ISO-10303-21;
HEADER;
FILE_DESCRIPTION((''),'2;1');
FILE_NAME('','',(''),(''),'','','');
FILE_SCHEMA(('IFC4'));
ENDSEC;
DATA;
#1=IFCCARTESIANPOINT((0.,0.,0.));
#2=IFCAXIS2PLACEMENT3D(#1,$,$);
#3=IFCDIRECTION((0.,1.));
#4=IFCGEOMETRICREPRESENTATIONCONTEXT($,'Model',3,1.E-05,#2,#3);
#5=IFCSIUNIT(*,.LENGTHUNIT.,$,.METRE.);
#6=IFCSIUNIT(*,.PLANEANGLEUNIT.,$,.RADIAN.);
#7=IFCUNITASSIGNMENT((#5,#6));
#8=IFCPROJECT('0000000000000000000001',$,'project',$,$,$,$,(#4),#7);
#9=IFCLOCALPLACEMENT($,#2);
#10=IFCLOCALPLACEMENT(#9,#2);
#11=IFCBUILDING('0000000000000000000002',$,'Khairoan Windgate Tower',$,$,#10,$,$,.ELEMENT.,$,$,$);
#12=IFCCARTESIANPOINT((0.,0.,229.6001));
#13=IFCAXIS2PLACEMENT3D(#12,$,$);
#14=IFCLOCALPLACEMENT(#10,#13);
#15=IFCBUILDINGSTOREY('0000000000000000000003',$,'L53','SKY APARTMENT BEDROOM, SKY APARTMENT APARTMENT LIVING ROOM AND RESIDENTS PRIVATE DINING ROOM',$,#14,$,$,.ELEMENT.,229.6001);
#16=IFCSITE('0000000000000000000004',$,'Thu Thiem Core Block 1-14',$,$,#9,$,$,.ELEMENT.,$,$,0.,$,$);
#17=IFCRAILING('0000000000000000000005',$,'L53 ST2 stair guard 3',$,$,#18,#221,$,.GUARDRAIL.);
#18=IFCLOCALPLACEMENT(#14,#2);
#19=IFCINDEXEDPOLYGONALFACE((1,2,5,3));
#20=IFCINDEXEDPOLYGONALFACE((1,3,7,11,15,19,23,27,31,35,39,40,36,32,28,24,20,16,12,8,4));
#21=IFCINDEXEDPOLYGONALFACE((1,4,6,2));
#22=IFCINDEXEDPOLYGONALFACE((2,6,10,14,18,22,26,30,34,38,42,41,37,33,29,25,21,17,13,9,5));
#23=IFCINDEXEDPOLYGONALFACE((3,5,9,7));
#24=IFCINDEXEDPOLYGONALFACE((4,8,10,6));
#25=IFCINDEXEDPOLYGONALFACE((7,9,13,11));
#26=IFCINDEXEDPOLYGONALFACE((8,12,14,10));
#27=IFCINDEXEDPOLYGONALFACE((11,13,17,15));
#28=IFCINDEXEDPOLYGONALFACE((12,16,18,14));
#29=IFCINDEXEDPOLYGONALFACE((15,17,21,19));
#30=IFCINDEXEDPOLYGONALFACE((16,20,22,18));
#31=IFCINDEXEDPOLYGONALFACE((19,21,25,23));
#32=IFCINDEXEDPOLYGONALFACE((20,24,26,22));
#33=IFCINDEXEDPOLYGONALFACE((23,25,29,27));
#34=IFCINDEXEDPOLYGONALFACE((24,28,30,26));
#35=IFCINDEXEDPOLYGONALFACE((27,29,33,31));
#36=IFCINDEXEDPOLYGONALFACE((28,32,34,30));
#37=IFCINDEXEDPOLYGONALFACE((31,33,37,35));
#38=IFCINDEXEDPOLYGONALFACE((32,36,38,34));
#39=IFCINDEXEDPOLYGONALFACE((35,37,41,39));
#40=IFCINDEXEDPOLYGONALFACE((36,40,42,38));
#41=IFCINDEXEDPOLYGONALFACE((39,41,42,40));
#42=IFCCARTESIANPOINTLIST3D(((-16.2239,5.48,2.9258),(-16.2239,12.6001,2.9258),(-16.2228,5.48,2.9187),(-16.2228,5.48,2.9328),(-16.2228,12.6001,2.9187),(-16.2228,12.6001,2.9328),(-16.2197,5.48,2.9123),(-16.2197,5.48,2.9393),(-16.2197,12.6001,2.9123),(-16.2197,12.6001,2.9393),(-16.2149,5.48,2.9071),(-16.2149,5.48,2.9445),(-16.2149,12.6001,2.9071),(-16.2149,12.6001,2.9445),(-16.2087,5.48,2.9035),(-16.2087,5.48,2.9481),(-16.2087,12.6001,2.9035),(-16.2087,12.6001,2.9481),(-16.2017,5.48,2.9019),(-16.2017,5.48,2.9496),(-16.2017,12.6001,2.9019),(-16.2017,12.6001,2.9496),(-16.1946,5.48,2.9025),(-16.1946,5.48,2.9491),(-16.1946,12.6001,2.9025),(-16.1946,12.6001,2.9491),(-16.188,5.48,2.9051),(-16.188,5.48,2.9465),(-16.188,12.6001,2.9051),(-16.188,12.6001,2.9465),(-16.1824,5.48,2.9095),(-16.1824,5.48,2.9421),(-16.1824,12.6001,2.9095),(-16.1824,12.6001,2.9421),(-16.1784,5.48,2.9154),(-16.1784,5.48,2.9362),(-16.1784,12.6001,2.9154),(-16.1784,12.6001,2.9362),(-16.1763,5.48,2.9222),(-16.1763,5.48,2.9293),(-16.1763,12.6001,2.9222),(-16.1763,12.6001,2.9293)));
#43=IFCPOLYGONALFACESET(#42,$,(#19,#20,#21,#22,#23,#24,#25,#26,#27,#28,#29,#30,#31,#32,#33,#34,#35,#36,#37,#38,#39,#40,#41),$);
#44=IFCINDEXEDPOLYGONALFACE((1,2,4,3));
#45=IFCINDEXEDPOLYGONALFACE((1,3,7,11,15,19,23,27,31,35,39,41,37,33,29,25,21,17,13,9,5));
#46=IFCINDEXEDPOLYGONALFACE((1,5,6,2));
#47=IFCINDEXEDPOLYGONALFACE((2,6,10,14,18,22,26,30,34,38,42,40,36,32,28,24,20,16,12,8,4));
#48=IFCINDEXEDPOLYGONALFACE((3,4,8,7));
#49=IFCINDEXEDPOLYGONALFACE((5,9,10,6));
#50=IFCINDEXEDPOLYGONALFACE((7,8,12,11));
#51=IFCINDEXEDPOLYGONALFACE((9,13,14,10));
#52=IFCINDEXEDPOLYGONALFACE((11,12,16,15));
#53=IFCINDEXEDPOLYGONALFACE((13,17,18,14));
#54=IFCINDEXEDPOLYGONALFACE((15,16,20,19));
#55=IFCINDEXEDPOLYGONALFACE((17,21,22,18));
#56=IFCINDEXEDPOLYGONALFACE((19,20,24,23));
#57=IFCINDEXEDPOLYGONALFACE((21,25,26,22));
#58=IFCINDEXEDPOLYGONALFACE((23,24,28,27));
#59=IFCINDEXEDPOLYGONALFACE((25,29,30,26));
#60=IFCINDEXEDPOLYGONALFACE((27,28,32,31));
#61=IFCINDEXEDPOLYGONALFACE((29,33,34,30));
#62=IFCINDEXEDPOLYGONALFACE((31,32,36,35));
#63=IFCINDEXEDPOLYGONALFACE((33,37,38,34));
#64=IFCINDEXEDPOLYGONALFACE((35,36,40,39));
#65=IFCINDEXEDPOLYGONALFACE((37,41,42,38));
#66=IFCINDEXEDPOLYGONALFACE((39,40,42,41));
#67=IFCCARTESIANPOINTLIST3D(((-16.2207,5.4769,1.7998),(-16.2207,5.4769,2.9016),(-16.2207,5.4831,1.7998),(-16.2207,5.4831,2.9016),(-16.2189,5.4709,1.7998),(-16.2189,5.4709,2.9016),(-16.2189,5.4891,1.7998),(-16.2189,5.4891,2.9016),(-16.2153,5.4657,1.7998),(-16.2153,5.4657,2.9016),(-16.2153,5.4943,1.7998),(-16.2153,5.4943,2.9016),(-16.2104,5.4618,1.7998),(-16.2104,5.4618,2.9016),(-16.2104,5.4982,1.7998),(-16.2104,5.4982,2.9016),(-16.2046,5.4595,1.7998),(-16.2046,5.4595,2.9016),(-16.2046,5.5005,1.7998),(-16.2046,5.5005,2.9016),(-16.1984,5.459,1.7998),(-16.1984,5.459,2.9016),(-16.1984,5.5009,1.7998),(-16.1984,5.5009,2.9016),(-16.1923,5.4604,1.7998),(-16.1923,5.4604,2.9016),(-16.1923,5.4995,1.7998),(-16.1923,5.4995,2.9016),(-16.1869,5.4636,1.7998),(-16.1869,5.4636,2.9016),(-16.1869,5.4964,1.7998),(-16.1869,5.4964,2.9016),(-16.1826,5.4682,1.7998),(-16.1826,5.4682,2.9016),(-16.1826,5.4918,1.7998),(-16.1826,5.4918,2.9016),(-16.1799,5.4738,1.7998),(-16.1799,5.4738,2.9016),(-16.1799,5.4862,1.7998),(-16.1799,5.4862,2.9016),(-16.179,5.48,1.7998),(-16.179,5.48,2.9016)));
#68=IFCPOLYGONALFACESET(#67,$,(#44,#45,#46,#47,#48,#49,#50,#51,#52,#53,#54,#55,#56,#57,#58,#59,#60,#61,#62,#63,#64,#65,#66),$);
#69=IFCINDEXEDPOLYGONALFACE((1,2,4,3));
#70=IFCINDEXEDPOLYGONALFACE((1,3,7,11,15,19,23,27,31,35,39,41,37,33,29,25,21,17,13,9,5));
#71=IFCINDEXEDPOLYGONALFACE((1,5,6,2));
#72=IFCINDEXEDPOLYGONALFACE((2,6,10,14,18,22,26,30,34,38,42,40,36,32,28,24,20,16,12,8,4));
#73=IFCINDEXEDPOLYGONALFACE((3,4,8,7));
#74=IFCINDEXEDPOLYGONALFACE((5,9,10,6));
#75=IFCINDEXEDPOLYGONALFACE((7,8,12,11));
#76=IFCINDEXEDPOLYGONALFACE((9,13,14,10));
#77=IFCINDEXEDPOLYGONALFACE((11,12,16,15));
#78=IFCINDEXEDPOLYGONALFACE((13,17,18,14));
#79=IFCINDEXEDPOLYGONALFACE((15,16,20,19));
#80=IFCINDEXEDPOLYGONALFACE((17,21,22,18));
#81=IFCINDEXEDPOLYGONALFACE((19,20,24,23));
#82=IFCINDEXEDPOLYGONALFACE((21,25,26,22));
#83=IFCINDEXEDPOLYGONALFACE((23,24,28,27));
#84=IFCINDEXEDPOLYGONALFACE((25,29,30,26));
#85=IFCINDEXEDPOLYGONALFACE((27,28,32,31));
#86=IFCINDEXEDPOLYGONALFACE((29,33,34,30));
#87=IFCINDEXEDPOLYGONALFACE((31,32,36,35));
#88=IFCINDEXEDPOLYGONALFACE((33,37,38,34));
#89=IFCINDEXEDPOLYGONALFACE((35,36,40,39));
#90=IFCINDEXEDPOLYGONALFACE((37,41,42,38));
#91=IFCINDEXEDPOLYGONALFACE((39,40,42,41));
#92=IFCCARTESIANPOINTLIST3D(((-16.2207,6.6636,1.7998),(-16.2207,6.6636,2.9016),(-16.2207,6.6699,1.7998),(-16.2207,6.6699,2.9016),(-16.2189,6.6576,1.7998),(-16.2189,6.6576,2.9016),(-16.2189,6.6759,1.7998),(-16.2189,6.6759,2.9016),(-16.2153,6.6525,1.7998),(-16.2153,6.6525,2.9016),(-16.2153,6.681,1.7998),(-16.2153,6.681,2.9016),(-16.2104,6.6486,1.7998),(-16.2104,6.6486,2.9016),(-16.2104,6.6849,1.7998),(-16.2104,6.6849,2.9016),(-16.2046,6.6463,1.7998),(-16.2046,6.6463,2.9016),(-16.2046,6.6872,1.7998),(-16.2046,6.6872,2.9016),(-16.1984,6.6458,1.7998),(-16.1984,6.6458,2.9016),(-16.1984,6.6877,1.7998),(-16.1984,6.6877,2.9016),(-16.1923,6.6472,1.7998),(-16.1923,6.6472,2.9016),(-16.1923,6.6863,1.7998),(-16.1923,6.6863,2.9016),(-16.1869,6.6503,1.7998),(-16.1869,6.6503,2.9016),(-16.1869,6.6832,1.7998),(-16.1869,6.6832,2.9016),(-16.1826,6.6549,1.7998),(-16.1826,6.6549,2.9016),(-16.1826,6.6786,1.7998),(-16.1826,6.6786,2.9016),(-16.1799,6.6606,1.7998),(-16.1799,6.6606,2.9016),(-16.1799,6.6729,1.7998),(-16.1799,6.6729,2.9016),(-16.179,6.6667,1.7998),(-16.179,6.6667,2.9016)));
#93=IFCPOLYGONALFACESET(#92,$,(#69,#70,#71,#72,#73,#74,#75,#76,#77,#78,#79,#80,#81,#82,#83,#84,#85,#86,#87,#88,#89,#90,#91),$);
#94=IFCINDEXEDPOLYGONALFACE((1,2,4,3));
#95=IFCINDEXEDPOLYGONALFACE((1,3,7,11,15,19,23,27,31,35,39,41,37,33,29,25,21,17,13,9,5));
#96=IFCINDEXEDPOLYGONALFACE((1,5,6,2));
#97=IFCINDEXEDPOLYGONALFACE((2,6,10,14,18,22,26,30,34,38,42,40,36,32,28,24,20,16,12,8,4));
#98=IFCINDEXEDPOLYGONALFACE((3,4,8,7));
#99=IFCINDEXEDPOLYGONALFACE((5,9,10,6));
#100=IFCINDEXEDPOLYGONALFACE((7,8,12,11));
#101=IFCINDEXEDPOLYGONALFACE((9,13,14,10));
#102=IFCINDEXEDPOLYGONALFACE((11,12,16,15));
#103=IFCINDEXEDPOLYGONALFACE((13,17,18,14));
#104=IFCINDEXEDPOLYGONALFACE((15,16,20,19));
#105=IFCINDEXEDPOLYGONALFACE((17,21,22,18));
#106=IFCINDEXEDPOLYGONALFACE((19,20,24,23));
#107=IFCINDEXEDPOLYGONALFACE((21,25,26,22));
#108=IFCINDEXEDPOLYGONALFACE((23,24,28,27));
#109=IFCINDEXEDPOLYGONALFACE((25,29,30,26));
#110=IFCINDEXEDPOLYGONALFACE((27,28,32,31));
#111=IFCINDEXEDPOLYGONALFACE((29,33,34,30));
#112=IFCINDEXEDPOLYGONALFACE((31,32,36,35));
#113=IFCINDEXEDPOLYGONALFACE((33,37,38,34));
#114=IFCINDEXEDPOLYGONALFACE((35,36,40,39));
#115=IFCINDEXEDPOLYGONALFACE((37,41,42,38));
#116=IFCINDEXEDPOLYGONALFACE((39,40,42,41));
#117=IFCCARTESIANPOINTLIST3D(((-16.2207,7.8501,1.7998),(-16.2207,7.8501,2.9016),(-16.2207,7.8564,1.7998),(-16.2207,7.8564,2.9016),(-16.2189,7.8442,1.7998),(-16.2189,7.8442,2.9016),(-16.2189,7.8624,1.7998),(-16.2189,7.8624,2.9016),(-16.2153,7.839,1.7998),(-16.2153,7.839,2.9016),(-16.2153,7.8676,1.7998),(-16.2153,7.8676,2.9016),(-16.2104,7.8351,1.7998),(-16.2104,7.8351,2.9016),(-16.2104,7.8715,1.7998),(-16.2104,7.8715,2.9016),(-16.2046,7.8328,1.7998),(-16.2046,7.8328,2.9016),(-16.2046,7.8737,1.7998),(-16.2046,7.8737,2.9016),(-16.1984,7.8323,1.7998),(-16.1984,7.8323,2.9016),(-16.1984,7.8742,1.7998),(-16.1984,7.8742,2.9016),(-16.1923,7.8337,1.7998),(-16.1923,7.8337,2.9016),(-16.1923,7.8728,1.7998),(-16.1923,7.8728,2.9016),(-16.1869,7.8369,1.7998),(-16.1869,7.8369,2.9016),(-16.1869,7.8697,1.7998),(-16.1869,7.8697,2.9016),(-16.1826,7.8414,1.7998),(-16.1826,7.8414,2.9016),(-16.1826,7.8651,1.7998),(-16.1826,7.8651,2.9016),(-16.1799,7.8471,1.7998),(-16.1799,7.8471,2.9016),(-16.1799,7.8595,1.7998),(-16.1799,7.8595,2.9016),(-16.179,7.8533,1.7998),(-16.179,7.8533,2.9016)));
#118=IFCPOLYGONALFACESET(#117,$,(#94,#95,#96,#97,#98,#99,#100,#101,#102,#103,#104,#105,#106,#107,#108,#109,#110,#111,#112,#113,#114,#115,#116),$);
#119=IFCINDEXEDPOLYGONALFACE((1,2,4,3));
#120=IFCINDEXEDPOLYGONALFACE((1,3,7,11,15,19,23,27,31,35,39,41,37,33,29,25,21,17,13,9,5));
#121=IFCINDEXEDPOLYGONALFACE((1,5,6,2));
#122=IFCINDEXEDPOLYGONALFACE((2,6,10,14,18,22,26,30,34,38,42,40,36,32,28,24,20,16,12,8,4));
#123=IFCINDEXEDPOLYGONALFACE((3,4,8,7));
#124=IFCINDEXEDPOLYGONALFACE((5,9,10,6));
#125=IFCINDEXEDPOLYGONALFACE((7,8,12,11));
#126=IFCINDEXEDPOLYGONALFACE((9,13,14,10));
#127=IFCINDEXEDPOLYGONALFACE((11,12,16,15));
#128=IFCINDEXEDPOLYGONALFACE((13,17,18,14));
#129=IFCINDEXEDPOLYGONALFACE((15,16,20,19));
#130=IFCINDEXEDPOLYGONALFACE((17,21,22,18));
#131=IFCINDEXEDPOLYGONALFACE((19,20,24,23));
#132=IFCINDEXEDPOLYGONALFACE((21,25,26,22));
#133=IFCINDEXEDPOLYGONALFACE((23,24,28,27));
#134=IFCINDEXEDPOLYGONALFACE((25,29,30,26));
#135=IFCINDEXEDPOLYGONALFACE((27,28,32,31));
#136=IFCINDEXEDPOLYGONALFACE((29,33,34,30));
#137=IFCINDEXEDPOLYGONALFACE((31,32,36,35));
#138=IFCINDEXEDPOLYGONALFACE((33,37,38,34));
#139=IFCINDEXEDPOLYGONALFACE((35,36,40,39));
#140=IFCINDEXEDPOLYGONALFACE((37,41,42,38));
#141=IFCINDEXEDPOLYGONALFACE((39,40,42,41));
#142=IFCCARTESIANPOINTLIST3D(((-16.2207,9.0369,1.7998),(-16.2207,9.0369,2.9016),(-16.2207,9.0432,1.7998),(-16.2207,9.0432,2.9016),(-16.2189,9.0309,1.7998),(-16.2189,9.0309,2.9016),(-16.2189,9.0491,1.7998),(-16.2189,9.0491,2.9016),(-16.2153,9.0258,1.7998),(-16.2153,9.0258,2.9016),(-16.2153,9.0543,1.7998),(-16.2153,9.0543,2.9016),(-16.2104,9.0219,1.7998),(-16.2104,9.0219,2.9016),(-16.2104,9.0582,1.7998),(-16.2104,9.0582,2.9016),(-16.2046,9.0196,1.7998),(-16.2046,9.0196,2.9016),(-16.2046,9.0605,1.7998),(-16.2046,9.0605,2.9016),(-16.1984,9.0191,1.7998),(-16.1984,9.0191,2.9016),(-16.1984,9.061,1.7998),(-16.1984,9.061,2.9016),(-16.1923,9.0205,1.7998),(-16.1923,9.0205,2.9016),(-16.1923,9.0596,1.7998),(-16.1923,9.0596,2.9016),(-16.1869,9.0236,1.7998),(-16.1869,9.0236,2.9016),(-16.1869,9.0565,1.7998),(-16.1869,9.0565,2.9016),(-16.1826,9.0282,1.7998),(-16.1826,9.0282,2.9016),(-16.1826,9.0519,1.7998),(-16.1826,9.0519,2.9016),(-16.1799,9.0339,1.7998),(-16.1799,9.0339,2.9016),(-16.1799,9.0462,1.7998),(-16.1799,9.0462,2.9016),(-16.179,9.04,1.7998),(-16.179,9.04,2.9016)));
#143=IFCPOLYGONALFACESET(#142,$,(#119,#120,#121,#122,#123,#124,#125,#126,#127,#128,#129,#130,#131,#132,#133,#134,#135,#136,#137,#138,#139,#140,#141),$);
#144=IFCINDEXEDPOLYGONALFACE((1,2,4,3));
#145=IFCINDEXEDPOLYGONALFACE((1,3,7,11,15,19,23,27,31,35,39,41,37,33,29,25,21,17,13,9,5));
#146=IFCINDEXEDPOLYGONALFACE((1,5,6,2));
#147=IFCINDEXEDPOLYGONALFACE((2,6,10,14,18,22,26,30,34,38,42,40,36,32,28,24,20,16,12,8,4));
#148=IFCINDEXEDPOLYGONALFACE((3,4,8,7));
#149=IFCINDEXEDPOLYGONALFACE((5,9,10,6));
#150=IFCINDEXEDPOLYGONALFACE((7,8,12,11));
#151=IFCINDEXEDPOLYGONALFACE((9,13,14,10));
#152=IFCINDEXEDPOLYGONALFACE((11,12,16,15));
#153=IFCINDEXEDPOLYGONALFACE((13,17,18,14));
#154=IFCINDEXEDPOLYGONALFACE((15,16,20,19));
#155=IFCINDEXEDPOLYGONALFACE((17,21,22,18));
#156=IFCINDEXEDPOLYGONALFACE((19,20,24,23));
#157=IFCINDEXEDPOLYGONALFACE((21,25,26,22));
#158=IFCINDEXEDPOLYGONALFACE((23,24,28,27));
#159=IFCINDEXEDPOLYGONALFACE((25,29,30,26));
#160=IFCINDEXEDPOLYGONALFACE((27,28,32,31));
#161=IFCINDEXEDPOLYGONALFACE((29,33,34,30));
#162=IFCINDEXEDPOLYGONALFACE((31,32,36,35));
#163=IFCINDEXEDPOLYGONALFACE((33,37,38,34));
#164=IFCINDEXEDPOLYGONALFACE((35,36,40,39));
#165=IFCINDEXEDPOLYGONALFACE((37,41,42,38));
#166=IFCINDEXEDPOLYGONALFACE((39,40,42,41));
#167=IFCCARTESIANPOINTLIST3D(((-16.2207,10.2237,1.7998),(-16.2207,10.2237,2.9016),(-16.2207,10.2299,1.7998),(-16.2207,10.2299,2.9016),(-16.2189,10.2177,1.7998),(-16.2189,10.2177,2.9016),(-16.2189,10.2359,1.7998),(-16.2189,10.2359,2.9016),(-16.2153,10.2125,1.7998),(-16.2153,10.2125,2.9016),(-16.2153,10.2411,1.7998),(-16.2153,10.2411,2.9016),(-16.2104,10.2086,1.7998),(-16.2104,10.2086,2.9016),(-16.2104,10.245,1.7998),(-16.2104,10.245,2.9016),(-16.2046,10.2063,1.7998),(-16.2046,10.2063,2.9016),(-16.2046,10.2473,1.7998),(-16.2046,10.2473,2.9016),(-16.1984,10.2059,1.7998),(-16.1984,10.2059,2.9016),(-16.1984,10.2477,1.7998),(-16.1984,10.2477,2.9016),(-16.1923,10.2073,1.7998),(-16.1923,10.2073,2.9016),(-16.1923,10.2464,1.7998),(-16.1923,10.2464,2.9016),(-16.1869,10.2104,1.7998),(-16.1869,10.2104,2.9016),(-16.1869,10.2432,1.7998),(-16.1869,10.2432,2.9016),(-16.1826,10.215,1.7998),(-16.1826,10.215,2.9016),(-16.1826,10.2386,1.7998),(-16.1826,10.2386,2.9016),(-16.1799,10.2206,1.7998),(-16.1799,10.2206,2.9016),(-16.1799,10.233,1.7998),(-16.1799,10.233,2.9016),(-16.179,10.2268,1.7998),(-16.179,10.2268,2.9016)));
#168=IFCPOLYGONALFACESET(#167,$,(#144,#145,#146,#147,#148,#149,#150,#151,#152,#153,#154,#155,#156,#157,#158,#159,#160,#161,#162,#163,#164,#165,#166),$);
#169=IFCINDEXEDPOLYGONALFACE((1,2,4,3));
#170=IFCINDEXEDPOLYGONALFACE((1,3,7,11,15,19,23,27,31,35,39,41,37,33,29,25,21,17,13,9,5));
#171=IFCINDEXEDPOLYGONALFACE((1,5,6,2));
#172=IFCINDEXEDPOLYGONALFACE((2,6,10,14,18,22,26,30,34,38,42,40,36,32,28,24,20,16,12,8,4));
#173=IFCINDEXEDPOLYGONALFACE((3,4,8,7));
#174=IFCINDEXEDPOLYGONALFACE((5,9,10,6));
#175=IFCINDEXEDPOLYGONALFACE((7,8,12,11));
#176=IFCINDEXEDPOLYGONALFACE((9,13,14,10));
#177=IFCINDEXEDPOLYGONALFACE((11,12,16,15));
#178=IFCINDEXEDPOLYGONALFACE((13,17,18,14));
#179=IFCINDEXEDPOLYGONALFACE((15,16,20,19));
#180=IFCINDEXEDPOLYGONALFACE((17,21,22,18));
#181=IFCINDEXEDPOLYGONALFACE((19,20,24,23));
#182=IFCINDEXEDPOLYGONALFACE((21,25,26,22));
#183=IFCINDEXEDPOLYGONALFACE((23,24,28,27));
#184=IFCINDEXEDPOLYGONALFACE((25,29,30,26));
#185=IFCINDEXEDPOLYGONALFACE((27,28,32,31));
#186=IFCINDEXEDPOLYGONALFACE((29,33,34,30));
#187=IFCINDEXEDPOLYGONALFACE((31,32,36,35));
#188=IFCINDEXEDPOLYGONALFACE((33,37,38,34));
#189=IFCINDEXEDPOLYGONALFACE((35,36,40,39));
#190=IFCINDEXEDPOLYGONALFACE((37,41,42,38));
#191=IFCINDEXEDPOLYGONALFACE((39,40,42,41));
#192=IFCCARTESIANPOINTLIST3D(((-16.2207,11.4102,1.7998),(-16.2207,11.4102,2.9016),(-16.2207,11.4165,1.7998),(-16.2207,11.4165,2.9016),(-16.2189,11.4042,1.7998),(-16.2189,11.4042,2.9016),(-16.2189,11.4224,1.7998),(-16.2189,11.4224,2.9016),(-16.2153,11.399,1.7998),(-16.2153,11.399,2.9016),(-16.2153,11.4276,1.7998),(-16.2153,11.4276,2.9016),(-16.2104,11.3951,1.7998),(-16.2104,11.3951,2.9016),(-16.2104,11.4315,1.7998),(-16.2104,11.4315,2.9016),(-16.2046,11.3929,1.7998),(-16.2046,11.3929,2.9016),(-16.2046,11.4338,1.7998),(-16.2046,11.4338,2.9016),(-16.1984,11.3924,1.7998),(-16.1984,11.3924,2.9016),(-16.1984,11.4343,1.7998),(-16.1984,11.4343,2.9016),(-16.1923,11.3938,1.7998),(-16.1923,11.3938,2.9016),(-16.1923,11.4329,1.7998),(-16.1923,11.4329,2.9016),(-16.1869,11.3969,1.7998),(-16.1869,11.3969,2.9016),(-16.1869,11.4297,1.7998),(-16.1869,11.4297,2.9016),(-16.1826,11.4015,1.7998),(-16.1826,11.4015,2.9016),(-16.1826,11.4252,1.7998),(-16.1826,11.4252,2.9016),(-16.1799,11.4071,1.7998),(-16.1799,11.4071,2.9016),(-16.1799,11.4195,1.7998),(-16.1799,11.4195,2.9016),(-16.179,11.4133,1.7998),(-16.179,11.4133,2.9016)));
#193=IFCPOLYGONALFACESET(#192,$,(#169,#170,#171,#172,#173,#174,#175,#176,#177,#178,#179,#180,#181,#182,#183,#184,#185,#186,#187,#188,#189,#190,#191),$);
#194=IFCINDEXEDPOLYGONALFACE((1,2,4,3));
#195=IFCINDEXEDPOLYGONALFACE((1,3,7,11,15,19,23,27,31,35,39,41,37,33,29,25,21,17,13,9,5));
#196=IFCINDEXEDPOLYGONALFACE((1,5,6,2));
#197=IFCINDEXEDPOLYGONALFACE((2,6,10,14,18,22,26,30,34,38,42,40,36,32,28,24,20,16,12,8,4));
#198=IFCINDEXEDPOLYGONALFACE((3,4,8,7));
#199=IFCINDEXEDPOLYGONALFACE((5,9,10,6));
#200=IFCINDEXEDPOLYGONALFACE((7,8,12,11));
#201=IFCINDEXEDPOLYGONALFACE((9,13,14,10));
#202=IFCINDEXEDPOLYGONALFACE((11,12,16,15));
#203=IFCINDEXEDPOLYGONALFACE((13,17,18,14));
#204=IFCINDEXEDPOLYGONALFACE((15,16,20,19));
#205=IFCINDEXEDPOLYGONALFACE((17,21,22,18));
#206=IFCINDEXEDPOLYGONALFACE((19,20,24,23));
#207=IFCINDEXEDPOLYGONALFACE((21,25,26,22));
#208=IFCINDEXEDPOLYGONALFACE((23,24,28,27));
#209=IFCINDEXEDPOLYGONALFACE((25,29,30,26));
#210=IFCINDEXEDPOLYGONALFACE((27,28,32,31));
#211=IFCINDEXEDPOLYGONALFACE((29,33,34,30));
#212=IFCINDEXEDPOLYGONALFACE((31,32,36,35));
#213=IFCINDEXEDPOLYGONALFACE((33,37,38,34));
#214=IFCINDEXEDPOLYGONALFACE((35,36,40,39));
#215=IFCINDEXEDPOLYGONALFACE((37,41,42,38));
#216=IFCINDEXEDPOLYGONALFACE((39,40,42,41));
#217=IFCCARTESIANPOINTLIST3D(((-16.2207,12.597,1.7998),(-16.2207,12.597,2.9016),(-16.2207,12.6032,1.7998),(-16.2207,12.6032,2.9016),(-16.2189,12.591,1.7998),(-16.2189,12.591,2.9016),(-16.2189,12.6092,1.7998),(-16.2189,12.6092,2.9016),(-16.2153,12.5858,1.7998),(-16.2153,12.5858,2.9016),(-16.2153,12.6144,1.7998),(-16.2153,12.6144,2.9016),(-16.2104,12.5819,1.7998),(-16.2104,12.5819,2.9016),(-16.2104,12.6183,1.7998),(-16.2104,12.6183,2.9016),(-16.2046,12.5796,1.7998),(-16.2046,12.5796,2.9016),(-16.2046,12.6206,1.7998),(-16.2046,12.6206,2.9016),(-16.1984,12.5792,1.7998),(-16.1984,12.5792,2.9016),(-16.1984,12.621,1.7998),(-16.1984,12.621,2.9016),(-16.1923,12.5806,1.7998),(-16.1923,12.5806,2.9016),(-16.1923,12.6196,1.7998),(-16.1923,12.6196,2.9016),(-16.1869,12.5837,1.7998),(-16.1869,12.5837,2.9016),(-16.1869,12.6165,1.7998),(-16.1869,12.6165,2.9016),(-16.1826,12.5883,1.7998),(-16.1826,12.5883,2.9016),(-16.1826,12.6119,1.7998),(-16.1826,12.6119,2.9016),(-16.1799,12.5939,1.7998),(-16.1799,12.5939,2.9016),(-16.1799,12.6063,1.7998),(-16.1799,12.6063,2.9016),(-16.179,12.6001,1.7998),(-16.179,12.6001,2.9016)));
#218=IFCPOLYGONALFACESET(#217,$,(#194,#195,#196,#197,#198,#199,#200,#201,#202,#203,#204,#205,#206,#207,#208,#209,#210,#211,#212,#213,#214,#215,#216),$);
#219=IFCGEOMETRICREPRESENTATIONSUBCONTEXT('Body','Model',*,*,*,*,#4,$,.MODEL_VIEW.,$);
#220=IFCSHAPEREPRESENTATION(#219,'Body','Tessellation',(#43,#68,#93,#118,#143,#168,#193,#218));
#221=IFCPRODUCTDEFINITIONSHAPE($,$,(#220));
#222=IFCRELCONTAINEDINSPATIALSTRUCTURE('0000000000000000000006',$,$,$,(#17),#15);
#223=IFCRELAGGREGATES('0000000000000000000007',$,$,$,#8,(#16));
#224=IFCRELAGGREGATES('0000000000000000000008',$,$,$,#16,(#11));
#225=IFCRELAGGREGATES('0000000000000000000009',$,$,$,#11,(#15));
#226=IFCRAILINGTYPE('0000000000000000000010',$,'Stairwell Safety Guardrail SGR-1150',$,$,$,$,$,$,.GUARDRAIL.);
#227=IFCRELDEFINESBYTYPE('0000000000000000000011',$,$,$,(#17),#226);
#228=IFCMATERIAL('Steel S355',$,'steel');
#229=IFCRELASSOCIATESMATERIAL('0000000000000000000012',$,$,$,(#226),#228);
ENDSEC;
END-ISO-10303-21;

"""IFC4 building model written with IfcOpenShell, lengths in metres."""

from ifc_helpers import new_model, si_unit, direction, frame, origin, origin_2d, place, context, subcontext, project, spatial, circle, extrude, material, type_object, element, save


model = new_model("IFC4")

# Units and contexts
model_context = context("Model", 3, precision=1e-05, world=origin(), true_north=direction((0.0, 1.0)))
body_context = subcontext(model_context, "Body", "Model", "MODEL_VIEW")
ifc_project = project(units=[si_unit("LENGTHUNIT", "METRE"), si_unit("PLANEANGLEUNIT", "RADIAN")], contexts=[model_context])

# Site, building, storey
site_placement = place(None, origin())
site = spatial("IfcSite", under=ifc_project, at=site_placement, Name="Thu Thiem Core Block 1-14", CompositionType="ELEMENT", RefElevation=0.0)
building_placement = place(site_placement, origin())
building = spatial("IfcBuilding", under=site, at=building_placement, Name="Khairoan Windgate Tower", CompositionType="ELEMENT")
storey_placement = place(building_placement, frame((0.0, 0.0, 229.6001)))
storey = spatial("IfcBuildingStorey", under=building, at=storey_placement, Name="L53", Description="SKY APARTMENT BEDROOM, SKY APARTMENT APARTMENT LIVING ROOM AND RESIDENTS PRIVATE DINING ROOM", CompositionType="ELEMENT", Elevation=229.6001)

# Railing
ifc_material_1 = material(Name="Steel S355", Category="steel")
railing_type_1 = type_object("IfcRailingType", Name="Stairwell Safety Guardrail SGR-1150", PredefinedType="GUARDRAIL", material=ifc_material_1)
railing_1_placement = place(storey_placement, frame((-16.2, 5.48, 1.7998)))
element("IfcRailing", 1, at=railing_1_placement, inside=storey, type_object=railing_type_1, Name="L53 ST2 stair guard 3", PredefinedType="GUARDRAIL", context=body_context, shape_type="SweptSolid", body=[
    extrude(circle(Radius=0.0239, at=origin_2d()), frame((0.0, 0.0, 1.126), z_axis=(0.0, 1.0, 0.0), x_axis=(-1.0, 0.0, 0.0)), (0.0, 0.0, 1.0), 7.1201),
    extrude(circle(Radius=0.021, at=origin_2d()), origin(), (0.0, 0.0, 1.0), 1.1018),
    extrude(circle(Radius=0.021, at=origin_2d()), frame((0.0, 1.1868, 0.0)), (0.0, 0.0, 1.0), 1.1018),
    extrude(circle(Radius=0.021, at=origin_2d()), frame((0.0, 2.3733, 0.0)), (0.0, 0.0, 1.0), 1.1018),
    extrude(circle(Radius=0.021, at=origin_2d()), frame((0.0, 3.5601, 0.0)), (0.0, 0.0, 1.0), 1.1018),
    extrude(circle(Radius=0.021, at=origin_2d()), frame((0.0, 4.7468, 0.0)), (0.0, 0.0, 1.0), 1.1018),
    extrude(circle(Radius=0.021, at=origin_2d()), frame((0.0, 5.9333, 0.0)), (0.0, 0.0, 1.0), 1.1018),
    extrude(circle(Radius=0.021, at=origin_2d()), frame((0.0, 7.1201, 0.0)), (0.0, 0.0, 1.0), 1.1018),
])

save(model, "model.ifc")
